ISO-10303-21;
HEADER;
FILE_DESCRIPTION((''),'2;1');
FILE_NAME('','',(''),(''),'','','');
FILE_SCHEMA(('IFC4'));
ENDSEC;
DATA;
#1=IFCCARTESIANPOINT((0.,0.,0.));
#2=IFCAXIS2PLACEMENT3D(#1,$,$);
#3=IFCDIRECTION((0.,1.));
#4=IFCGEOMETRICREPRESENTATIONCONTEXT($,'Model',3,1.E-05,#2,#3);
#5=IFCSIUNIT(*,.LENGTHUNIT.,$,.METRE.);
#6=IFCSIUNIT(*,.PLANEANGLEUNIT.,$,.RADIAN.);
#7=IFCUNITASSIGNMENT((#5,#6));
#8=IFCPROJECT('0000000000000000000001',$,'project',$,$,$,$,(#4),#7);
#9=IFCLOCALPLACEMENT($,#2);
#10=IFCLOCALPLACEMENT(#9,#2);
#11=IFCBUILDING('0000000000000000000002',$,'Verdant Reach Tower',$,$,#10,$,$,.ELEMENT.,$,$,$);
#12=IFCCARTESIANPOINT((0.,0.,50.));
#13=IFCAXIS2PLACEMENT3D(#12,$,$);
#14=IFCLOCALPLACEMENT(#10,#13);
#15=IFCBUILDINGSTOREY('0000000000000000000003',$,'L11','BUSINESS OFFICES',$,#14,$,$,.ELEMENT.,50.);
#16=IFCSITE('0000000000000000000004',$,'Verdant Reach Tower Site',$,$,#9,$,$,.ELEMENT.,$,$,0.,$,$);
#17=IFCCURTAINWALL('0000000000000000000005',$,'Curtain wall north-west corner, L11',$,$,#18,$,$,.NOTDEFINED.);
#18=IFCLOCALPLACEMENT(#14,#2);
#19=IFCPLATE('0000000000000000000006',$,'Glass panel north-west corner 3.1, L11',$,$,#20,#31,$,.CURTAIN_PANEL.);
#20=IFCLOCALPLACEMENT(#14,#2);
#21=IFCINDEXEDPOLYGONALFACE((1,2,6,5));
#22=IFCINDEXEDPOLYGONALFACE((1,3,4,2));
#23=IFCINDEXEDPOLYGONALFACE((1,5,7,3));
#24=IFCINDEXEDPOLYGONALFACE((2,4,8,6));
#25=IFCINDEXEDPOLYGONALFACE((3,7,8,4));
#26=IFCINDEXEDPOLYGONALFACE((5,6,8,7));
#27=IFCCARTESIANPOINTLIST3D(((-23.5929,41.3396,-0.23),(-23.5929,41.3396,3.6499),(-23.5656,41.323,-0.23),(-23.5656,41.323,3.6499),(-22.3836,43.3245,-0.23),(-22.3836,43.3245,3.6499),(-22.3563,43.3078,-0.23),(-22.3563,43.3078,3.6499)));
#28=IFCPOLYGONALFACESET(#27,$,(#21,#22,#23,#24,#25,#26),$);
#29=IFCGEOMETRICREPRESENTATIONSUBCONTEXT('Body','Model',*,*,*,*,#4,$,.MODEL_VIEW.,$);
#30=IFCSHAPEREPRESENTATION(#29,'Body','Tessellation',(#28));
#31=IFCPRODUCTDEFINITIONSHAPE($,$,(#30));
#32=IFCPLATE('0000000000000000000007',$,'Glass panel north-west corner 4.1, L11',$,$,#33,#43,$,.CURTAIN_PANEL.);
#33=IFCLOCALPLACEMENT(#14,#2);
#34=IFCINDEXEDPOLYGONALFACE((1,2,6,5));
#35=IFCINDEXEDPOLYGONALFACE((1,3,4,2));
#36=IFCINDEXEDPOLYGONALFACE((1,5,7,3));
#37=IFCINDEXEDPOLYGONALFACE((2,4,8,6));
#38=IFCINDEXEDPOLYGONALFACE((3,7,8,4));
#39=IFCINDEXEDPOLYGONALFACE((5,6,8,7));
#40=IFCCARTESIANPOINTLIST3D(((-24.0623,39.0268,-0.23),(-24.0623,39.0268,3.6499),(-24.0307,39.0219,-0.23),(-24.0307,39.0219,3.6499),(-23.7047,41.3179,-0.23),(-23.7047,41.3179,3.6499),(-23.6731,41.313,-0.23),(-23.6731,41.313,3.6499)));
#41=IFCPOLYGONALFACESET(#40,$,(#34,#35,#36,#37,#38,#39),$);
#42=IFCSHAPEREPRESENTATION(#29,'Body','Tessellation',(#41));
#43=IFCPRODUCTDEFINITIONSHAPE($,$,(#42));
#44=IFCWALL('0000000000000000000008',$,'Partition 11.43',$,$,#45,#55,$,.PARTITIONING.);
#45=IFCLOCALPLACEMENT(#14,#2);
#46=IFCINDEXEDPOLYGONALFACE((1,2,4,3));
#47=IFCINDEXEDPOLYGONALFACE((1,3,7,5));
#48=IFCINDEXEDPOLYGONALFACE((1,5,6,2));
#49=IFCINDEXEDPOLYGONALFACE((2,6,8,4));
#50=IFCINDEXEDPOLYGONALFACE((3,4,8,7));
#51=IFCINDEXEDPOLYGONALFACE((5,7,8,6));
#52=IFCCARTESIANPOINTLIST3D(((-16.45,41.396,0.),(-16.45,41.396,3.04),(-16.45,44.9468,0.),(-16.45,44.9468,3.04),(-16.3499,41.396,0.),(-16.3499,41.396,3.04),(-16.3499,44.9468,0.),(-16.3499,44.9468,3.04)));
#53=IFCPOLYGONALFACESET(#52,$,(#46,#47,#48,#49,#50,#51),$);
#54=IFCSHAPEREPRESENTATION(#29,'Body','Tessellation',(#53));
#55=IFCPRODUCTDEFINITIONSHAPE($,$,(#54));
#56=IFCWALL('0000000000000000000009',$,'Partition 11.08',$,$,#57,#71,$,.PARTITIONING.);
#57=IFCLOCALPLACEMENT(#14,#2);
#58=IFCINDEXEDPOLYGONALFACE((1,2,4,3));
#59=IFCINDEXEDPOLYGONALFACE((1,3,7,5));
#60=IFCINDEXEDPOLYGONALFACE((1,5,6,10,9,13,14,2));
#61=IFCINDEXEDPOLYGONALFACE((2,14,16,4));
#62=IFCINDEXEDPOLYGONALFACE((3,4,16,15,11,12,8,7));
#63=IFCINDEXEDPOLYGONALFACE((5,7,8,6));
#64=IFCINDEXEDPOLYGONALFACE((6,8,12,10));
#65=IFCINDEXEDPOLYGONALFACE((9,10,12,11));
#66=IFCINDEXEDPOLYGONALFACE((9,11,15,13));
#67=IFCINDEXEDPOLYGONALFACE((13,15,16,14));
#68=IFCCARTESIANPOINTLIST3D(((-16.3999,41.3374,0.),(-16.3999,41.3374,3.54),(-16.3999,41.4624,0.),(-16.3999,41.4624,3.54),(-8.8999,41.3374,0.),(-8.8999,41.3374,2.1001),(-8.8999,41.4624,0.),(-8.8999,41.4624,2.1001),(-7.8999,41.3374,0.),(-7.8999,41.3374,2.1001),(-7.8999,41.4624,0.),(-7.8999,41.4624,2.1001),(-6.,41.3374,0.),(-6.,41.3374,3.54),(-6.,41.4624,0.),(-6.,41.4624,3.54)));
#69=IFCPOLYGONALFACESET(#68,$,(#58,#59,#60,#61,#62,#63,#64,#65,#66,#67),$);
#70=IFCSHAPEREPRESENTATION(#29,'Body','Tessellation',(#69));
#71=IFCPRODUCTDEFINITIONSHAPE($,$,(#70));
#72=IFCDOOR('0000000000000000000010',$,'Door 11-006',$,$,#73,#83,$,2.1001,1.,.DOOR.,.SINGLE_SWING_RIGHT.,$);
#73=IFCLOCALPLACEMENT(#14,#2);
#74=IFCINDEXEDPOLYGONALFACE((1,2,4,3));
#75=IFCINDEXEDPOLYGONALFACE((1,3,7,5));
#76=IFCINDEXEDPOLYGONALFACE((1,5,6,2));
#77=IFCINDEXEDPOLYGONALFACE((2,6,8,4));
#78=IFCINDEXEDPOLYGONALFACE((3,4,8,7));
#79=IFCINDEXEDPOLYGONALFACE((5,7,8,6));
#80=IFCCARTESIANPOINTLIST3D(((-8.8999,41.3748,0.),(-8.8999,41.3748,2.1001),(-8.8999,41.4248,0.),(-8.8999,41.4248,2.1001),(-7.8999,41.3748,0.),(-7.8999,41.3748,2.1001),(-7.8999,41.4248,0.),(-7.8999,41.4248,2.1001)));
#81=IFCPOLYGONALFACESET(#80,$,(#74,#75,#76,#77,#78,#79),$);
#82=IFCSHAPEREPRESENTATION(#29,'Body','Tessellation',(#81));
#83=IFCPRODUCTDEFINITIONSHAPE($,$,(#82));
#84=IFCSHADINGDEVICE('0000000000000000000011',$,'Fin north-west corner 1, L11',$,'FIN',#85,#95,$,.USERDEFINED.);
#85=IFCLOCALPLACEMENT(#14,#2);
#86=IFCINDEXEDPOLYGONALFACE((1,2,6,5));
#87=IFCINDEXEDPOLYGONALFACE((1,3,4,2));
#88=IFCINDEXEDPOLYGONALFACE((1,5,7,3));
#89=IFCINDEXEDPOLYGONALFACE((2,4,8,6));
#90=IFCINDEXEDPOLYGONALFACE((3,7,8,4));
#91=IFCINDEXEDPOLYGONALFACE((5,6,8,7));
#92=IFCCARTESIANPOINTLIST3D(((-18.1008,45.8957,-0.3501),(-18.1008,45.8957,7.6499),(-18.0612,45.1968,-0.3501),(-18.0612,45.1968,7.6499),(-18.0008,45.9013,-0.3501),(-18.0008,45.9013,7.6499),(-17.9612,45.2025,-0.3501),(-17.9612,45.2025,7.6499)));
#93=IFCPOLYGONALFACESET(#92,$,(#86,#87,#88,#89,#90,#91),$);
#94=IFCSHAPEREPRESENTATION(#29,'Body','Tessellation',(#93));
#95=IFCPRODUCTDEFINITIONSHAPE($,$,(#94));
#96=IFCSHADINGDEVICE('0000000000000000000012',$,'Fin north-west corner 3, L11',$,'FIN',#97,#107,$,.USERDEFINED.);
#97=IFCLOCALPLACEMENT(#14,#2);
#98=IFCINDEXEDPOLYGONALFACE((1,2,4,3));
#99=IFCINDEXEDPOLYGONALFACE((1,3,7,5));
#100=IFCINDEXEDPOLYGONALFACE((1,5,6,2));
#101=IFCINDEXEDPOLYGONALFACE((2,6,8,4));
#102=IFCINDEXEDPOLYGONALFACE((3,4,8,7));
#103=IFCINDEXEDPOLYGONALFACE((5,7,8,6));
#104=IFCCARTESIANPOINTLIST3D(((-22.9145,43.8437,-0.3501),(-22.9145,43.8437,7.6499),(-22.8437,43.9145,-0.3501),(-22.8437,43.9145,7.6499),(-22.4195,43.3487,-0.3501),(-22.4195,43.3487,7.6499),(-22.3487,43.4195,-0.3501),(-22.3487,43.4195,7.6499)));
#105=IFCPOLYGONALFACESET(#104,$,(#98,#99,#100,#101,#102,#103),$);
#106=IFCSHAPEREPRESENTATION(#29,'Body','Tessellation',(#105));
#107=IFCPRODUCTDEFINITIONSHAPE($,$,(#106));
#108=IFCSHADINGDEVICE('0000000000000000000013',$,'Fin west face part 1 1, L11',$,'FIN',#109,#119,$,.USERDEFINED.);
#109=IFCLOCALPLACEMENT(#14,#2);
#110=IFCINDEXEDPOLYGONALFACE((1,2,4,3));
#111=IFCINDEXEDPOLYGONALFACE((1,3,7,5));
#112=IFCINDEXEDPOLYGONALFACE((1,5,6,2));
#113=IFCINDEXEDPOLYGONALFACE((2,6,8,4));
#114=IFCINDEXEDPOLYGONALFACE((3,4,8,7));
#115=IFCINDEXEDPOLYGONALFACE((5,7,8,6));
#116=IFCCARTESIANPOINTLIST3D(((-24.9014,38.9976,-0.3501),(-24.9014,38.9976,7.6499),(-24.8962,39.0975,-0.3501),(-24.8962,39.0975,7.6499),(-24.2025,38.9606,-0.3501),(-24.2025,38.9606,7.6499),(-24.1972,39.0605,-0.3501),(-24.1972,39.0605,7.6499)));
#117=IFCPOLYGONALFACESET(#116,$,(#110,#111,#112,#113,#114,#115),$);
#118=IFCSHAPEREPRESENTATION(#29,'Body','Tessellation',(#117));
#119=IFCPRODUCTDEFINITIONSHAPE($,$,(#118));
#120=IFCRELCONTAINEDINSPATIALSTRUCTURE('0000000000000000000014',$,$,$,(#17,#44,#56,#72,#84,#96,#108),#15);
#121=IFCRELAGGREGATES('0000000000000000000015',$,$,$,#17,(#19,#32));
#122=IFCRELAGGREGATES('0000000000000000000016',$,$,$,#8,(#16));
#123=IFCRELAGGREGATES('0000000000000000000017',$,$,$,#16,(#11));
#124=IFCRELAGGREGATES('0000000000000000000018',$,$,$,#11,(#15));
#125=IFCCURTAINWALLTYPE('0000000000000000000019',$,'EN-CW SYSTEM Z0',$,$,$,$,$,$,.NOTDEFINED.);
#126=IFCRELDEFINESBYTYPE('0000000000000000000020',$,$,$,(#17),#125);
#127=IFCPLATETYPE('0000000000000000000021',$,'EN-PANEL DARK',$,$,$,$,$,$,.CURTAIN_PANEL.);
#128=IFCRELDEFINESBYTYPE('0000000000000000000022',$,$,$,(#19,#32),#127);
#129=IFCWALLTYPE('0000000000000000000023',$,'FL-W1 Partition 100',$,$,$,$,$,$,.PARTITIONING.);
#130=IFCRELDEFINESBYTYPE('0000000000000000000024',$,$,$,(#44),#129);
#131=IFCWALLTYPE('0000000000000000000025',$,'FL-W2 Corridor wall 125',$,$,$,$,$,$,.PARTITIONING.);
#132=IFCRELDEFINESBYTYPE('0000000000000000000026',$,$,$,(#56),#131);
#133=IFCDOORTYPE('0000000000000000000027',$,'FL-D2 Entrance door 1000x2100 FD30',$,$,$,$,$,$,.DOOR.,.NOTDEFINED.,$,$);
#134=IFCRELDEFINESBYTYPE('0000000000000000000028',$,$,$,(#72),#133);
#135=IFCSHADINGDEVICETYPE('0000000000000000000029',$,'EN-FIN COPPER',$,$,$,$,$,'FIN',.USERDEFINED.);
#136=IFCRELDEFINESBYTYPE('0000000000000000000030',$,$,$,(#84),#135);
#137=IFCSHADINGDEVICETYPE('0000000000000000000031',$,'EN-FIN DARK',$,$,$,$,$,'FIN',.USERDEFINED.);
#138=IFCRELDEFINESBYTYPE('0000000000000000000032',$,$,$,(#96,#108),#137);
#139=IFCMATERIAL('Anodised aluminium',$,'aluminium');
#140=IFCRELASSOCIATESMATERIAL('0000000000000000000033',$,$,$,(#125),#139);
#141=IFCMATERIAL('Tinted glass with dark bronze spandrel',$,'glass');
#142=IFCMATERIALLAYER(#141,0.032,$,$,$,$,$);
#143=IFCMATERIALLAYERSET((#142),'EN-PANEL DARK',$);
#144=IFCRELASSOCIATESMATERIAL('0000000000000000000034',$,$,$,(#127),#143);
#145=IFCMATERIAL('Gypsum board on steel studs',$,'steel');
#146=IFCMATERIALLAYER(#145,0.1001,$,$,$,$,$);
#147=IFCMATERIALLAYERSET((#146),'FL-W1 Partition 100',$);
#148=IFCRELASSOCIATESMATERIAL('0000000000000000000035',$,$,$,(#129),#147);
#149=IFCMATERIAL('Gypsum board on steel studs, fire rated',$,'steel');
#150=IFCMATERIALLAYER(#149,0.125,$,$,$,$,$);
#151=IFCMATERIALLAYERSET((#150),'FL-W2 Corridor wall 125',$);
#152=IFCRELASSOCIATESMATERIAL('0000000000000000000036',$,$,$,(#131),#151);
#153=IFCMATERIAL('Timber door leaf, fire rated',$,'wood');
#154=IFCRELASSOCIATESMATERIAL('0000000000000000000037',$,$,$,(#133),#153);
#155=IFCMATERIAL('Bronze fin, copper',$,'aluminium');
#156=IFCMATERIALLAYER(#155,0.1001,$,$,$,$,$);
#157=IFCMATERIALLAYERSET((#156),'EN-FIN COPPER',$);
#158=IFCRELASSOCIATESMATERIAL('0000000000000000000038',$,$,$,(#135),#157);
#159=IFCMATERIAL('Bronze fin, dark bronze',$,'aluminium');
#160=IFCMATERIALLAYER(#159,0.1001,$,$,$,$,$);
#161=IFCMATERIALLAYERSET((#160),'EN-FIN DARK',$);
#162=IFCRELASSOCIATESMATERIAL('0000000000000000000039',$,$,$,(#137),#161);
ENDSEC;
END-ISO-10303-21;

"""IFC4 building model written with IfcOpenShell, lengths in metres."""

from ifc_helpers import new_model, si_unit, direction, frame, frame_2d, origin, origin_2d, place, context, subcontext, project, spatial, rectangle, extrude, material, layer, layer_set, type_object, element, fill, aggregate, save


model = new_model("IFC4")

# Units and contexts
model_context = context("Model", 3, precision=1e-05, world=origin(), true_north=direction((0.0, 1.0)))
body_context = subcontext(model_context, "Body", "Model", "MODEL_VIEW")
ifc_project = project(units=[si_unit("LENGTHUNIT", "METRE"), si_unit("PLANEANGLEUNIT", "RADIAN")], contexts=[model_context])

# Site, building, storey
site_placement = place(None, origin())
site = spatial("IfcSite", under=ifc_project, at=site_placement, Name="Verdant Reach Tower Site", CompositionType="ELEMENT", RefElevation=0.0)
building_placement = place(site_placement, origin())
building = spatial("IfcBuilding", under=site, at=building_placement, Name="Verdant Reach Tower", CompositionType="ELEMENT")
storey_placement = place(building_placement, frame((0.0, 0.0, 50.0)))
storey = spatial("IfcBuildingStorey", under=building, at=storey_placement, Name="L11", Description="BUSINESS OFFICES", CompositionType="ELEMENT", Elevation=50.0)

# Shared definitions
ifc_material_1 = material(Name="Anodised aluminium", Category="aluminium")
curtain_wall_type = type_object("IfcCurtainWallType", Name="EN-CW SYSTEM Z0", PredefinedType="NOTDEFINED", material=ifc_material_1)

# Curtain wall
curtain_wall_1_placement = place(storey_placement, origin())
curtain_wall_1 = element("IfcCurtainWall", 1, at=curtain_wall_1_placement, inside=storey, type_object=curtain_wall_type, Name="Curtain wall north-west corner, L11", PredefinedType="NOTDEFINED")

# Plates
ifc_material_2 = material(Name="Tinted glass with dark bronze spandrel", Category="glass")
ifc_layer_1 = layer(ifc_material_2, 0.032)
ifc_layer_set_1 = layer_set([ifc_layer_1], Name="EN-PANEL DARK")
plate_type_1 = type_object("IfcPlateType", Name="EN-PANEL DARK", PredefinedType="CURTAIN_PANEL", material=ifc_layer_set_1)
plate_1_placement = place(storey_placement, frame((-22.9746, 42.3237, -0.23), z_axis=(0.0, 0.0, 1.0), x_axis=(-0.520292, -0.853989, 0.0)))
plate_1 = element("IfcPlate", 2, at=plate_1_placement, type_object=plate_type_1, Name="Glass panel north-west corner 3.1, L11", PredefinedType="CURTAIN_PANEL", context=body_context, shape_type="SweptSolid", body=[
    extrude(rectangle(XDim=2.3242, YDim=0.032, at=origin_2d()), origin(), (0.0, 0.0, 1.0), 3.8799),
])
plate_2_placement = place(storey_placement, frame((-23.8677, 40.1699, -0.23), z_axis=(0.0, 0.0, 1.0), x_axis=(-0.154211, -0.988038, 0.0)))
plate_2 = element("IfcPlate", 3, at=plate_2_placement, type_object=plate_type_1, Name="Glass panel north-west corner 4.1, L11", PredefinedType="CURTAIN_PANEL", context=body_context, shape_type="SweptSolid", body=[
    extrude(rectangle(XDim=2.3188, YDim=0.032, at=origin_2d()), origin(), (0.0, 0.0, 1.0), 3.8799),
])
aggregate(curtain_wall_1, [plate_1, plate_2])

# Wall
ifc_material_3 = material(Name="Gypsum board on steel studs", Category="steel")
ifc_layer_2 = layer(ifc_material_3, 0.1001)
ifc_layer_set_2 = layer_set([ifc_layer_2], Name="FL-W1 Partition 100")
wall_type_1 = type_object("IfcWallType", Name="FL-W1 Partition 100", PredefinedType="PARTITIONING", material=ifc_layer_set_2)
wall_1_placement = place(storey_placement, frame((-16.3999, 44.9468, 0.0), z_axis=(0.0, 0.0, 1.0), x_axis=(0.0, -1.0, 0.0)))
element("IfcWall", 4, at=wall_1_placement, inside=storey, type_object=wall_type_1, Name="Partition 11.43", PredefinedType="PARTITIONING", context=body_context, shape_type="SweptSolid", body=[
    extrude(rectangle(XDim=3.5508, YDim=0.1001, at=frame_2d((1.7754, 0.0))), origin(), (0.0, 0.0, 1.0), 3.04),
])

# Wall, opening, door
ifc_material_4 = material(Name="Gypsum board on steel studs, fire rated", Category="steel")
ifc_layer_3 = layer(ifc_material_4, 0.125)
ifc_layer_set_3 = layer_set([ifc_layer_3], Name="FL-W2 Corridor wall 125")
wall_type_2 = type_object("IfcWallType", Name="FL-W2 Corridor wall 125", PredefinedType="PARTITIONING", material=ifc_layer_set_3)
wall_2_placement = place(storey_placement, frame((-16.3999, 41.3999, 0.0), z_axis=(0.0, 0.0, 1.0), x_axis=(1.0, 0.0, 0.0)))
wall_2 = element("IfcWall", 5, at=wall_2_placement, inside=storey, type_object=wall_type_2, Name="Partition 11.08", PredefinedType="PARTITIONING", context=body_context, shape_type="SweptSolid", body=[
    extrude(rectangle(XDim=10.3999, YDim=0.125, at=frame_2d((5.2, 0.0))), origin(), (0.0, 0.0, 1.0), 3.54),
])
opening_placement = place(wall_2_placement, frame((7.5, 0.0, 0.0)))
opening = element("IfcOpeningElement", 6, at=opening_placement, cuts=wall_2, PredefinedType="OPENING", context=body_context, shape_type="SweptSolid", body=[
    extrude(rectangle(XDim=1.0, YDim=2.1001, at=frame_2d((0.5, 1.05))), frame((0.0, 0.0725, 0.0), z_axis=(0.0, -1.0, 0.0), x_axis=(1.0, 0.0, 0.0)), (0.0, 0.0, 1.0), 0.145),
])
ifc_material_5 = material(Name="Timber door leaf, fire rated", Category="wood")
door_type = type_object("IfcDoorType", Name="FL-D2 Entrance door 1000x2100 FD30", OperationType="NOTDEFINED", PredefinedType="DOOR", material=ifc_material_5)
door_placement = place(opening_placement, origin())
door = element("IfcDoor", 7, at=door_placement, inside=storey, type_object=door_type, Name="Door 11-006", OperationType="SINGLE_SWING_RIGHT", OverallHeight=2.1001, OverallWidth=1.0, PredefinedType="DOOR", context=body_context, shape_type="SweptSolid", body=[
    extrude(rectangle(XDim=1.0, YDim=2.1001, at=frame_2d((0.5, 1.05))), frame((0.0, 0.0249, 0.0), z_axis=(0.0, -1.0, 0.0), x_axis=(1.0, 0.0, 0.0)), (0.0, 0.0, 1.0), 0.05),
])
fill(opening, door)

# Shading devices
ifc_material_6 = material(Name="Bronze fin, copper", Category="aluminium")
ifc_layer_4 = layer(ifc_material_6, 0.1001)
ifc_layer_set_4 = layer_set([ifc_layer_4], Name="EN-FIN COPPER")
shading_device_type_1 = type_object("IfcShadingDeviceType", Name="EN-FIN COPPER", ElementType="FIN", PredefinedType="USERDEFINED", material=ifc_layer_set_4)
shading_device_placement = place(storey_placement, frame((-18.031, 45.5491, -0.3501), z_axis=(0.0, 0.0, 1.0), x_axis=(-0.998399, -0.056569, 0.0)))
element("IfcShadingDevice", 8, at=shading_device_placement, inside=storey, type_object=shading_device_type_1, Name="Fin north-west corner 1, L11", ObjectType="FIN", PredefinedType="USERDEFINED", context=body_context, shape_type="SweptSolid", body=[
    extrude(rectangle(XDim=0.1001, YDim=0.7, at=origin_2d()), origin(), (0.0, 0.0, 1.0), 8.0),
])
ifc_material_7 = material(Name="Bronze fin, dark bronze", Category="aluminium")
ifc_layer_5 = layer(ifc_material_7, 0.1001)
ifc_layer_set_5 = layer_set([ifc_layer_5], Name="EN-FIN DARK")
shading_device_type_2 = type_object("IfcShadingDeviceType", Name="EN-FIN DARK", ElementType="FIN", PredefinedType="USERDEFINED", material=ifc_layer_set_5)
for number, where, z_axis, x_axis, name in (
    (9, (-22.6316, 43.6316, -0.3501), (0.0, 0.0, 1.0), (-0.707107, -0.707107, 0.0), "Fin north-west corner 3, L11"),
    (10, (-24.5493, 39.0291, -0.3501), (0.0, 0.0, 1.0), (-0.052815, -0.998604, 0.0), "Fin west face part 1 1, L11"),
):
    element("IfcShadingDevice", number, at=place(storey_placement, frame(where, z_axis=z_axis, x_axis=x_axis)), inside=storey, type_object=shading_device_type_2, Name=name, ObjectType="FIN", PredefinedType="USERDEFINED", context=body_context, shape_type="SweptSolid", body=[
        extrude(rectangle(XDim=0.1001, YDim=0.7, at=origin_2d()), origin(), (0.0, 0.0, 1.0), 8.0),
    ])

save(model, "model.ifc")
